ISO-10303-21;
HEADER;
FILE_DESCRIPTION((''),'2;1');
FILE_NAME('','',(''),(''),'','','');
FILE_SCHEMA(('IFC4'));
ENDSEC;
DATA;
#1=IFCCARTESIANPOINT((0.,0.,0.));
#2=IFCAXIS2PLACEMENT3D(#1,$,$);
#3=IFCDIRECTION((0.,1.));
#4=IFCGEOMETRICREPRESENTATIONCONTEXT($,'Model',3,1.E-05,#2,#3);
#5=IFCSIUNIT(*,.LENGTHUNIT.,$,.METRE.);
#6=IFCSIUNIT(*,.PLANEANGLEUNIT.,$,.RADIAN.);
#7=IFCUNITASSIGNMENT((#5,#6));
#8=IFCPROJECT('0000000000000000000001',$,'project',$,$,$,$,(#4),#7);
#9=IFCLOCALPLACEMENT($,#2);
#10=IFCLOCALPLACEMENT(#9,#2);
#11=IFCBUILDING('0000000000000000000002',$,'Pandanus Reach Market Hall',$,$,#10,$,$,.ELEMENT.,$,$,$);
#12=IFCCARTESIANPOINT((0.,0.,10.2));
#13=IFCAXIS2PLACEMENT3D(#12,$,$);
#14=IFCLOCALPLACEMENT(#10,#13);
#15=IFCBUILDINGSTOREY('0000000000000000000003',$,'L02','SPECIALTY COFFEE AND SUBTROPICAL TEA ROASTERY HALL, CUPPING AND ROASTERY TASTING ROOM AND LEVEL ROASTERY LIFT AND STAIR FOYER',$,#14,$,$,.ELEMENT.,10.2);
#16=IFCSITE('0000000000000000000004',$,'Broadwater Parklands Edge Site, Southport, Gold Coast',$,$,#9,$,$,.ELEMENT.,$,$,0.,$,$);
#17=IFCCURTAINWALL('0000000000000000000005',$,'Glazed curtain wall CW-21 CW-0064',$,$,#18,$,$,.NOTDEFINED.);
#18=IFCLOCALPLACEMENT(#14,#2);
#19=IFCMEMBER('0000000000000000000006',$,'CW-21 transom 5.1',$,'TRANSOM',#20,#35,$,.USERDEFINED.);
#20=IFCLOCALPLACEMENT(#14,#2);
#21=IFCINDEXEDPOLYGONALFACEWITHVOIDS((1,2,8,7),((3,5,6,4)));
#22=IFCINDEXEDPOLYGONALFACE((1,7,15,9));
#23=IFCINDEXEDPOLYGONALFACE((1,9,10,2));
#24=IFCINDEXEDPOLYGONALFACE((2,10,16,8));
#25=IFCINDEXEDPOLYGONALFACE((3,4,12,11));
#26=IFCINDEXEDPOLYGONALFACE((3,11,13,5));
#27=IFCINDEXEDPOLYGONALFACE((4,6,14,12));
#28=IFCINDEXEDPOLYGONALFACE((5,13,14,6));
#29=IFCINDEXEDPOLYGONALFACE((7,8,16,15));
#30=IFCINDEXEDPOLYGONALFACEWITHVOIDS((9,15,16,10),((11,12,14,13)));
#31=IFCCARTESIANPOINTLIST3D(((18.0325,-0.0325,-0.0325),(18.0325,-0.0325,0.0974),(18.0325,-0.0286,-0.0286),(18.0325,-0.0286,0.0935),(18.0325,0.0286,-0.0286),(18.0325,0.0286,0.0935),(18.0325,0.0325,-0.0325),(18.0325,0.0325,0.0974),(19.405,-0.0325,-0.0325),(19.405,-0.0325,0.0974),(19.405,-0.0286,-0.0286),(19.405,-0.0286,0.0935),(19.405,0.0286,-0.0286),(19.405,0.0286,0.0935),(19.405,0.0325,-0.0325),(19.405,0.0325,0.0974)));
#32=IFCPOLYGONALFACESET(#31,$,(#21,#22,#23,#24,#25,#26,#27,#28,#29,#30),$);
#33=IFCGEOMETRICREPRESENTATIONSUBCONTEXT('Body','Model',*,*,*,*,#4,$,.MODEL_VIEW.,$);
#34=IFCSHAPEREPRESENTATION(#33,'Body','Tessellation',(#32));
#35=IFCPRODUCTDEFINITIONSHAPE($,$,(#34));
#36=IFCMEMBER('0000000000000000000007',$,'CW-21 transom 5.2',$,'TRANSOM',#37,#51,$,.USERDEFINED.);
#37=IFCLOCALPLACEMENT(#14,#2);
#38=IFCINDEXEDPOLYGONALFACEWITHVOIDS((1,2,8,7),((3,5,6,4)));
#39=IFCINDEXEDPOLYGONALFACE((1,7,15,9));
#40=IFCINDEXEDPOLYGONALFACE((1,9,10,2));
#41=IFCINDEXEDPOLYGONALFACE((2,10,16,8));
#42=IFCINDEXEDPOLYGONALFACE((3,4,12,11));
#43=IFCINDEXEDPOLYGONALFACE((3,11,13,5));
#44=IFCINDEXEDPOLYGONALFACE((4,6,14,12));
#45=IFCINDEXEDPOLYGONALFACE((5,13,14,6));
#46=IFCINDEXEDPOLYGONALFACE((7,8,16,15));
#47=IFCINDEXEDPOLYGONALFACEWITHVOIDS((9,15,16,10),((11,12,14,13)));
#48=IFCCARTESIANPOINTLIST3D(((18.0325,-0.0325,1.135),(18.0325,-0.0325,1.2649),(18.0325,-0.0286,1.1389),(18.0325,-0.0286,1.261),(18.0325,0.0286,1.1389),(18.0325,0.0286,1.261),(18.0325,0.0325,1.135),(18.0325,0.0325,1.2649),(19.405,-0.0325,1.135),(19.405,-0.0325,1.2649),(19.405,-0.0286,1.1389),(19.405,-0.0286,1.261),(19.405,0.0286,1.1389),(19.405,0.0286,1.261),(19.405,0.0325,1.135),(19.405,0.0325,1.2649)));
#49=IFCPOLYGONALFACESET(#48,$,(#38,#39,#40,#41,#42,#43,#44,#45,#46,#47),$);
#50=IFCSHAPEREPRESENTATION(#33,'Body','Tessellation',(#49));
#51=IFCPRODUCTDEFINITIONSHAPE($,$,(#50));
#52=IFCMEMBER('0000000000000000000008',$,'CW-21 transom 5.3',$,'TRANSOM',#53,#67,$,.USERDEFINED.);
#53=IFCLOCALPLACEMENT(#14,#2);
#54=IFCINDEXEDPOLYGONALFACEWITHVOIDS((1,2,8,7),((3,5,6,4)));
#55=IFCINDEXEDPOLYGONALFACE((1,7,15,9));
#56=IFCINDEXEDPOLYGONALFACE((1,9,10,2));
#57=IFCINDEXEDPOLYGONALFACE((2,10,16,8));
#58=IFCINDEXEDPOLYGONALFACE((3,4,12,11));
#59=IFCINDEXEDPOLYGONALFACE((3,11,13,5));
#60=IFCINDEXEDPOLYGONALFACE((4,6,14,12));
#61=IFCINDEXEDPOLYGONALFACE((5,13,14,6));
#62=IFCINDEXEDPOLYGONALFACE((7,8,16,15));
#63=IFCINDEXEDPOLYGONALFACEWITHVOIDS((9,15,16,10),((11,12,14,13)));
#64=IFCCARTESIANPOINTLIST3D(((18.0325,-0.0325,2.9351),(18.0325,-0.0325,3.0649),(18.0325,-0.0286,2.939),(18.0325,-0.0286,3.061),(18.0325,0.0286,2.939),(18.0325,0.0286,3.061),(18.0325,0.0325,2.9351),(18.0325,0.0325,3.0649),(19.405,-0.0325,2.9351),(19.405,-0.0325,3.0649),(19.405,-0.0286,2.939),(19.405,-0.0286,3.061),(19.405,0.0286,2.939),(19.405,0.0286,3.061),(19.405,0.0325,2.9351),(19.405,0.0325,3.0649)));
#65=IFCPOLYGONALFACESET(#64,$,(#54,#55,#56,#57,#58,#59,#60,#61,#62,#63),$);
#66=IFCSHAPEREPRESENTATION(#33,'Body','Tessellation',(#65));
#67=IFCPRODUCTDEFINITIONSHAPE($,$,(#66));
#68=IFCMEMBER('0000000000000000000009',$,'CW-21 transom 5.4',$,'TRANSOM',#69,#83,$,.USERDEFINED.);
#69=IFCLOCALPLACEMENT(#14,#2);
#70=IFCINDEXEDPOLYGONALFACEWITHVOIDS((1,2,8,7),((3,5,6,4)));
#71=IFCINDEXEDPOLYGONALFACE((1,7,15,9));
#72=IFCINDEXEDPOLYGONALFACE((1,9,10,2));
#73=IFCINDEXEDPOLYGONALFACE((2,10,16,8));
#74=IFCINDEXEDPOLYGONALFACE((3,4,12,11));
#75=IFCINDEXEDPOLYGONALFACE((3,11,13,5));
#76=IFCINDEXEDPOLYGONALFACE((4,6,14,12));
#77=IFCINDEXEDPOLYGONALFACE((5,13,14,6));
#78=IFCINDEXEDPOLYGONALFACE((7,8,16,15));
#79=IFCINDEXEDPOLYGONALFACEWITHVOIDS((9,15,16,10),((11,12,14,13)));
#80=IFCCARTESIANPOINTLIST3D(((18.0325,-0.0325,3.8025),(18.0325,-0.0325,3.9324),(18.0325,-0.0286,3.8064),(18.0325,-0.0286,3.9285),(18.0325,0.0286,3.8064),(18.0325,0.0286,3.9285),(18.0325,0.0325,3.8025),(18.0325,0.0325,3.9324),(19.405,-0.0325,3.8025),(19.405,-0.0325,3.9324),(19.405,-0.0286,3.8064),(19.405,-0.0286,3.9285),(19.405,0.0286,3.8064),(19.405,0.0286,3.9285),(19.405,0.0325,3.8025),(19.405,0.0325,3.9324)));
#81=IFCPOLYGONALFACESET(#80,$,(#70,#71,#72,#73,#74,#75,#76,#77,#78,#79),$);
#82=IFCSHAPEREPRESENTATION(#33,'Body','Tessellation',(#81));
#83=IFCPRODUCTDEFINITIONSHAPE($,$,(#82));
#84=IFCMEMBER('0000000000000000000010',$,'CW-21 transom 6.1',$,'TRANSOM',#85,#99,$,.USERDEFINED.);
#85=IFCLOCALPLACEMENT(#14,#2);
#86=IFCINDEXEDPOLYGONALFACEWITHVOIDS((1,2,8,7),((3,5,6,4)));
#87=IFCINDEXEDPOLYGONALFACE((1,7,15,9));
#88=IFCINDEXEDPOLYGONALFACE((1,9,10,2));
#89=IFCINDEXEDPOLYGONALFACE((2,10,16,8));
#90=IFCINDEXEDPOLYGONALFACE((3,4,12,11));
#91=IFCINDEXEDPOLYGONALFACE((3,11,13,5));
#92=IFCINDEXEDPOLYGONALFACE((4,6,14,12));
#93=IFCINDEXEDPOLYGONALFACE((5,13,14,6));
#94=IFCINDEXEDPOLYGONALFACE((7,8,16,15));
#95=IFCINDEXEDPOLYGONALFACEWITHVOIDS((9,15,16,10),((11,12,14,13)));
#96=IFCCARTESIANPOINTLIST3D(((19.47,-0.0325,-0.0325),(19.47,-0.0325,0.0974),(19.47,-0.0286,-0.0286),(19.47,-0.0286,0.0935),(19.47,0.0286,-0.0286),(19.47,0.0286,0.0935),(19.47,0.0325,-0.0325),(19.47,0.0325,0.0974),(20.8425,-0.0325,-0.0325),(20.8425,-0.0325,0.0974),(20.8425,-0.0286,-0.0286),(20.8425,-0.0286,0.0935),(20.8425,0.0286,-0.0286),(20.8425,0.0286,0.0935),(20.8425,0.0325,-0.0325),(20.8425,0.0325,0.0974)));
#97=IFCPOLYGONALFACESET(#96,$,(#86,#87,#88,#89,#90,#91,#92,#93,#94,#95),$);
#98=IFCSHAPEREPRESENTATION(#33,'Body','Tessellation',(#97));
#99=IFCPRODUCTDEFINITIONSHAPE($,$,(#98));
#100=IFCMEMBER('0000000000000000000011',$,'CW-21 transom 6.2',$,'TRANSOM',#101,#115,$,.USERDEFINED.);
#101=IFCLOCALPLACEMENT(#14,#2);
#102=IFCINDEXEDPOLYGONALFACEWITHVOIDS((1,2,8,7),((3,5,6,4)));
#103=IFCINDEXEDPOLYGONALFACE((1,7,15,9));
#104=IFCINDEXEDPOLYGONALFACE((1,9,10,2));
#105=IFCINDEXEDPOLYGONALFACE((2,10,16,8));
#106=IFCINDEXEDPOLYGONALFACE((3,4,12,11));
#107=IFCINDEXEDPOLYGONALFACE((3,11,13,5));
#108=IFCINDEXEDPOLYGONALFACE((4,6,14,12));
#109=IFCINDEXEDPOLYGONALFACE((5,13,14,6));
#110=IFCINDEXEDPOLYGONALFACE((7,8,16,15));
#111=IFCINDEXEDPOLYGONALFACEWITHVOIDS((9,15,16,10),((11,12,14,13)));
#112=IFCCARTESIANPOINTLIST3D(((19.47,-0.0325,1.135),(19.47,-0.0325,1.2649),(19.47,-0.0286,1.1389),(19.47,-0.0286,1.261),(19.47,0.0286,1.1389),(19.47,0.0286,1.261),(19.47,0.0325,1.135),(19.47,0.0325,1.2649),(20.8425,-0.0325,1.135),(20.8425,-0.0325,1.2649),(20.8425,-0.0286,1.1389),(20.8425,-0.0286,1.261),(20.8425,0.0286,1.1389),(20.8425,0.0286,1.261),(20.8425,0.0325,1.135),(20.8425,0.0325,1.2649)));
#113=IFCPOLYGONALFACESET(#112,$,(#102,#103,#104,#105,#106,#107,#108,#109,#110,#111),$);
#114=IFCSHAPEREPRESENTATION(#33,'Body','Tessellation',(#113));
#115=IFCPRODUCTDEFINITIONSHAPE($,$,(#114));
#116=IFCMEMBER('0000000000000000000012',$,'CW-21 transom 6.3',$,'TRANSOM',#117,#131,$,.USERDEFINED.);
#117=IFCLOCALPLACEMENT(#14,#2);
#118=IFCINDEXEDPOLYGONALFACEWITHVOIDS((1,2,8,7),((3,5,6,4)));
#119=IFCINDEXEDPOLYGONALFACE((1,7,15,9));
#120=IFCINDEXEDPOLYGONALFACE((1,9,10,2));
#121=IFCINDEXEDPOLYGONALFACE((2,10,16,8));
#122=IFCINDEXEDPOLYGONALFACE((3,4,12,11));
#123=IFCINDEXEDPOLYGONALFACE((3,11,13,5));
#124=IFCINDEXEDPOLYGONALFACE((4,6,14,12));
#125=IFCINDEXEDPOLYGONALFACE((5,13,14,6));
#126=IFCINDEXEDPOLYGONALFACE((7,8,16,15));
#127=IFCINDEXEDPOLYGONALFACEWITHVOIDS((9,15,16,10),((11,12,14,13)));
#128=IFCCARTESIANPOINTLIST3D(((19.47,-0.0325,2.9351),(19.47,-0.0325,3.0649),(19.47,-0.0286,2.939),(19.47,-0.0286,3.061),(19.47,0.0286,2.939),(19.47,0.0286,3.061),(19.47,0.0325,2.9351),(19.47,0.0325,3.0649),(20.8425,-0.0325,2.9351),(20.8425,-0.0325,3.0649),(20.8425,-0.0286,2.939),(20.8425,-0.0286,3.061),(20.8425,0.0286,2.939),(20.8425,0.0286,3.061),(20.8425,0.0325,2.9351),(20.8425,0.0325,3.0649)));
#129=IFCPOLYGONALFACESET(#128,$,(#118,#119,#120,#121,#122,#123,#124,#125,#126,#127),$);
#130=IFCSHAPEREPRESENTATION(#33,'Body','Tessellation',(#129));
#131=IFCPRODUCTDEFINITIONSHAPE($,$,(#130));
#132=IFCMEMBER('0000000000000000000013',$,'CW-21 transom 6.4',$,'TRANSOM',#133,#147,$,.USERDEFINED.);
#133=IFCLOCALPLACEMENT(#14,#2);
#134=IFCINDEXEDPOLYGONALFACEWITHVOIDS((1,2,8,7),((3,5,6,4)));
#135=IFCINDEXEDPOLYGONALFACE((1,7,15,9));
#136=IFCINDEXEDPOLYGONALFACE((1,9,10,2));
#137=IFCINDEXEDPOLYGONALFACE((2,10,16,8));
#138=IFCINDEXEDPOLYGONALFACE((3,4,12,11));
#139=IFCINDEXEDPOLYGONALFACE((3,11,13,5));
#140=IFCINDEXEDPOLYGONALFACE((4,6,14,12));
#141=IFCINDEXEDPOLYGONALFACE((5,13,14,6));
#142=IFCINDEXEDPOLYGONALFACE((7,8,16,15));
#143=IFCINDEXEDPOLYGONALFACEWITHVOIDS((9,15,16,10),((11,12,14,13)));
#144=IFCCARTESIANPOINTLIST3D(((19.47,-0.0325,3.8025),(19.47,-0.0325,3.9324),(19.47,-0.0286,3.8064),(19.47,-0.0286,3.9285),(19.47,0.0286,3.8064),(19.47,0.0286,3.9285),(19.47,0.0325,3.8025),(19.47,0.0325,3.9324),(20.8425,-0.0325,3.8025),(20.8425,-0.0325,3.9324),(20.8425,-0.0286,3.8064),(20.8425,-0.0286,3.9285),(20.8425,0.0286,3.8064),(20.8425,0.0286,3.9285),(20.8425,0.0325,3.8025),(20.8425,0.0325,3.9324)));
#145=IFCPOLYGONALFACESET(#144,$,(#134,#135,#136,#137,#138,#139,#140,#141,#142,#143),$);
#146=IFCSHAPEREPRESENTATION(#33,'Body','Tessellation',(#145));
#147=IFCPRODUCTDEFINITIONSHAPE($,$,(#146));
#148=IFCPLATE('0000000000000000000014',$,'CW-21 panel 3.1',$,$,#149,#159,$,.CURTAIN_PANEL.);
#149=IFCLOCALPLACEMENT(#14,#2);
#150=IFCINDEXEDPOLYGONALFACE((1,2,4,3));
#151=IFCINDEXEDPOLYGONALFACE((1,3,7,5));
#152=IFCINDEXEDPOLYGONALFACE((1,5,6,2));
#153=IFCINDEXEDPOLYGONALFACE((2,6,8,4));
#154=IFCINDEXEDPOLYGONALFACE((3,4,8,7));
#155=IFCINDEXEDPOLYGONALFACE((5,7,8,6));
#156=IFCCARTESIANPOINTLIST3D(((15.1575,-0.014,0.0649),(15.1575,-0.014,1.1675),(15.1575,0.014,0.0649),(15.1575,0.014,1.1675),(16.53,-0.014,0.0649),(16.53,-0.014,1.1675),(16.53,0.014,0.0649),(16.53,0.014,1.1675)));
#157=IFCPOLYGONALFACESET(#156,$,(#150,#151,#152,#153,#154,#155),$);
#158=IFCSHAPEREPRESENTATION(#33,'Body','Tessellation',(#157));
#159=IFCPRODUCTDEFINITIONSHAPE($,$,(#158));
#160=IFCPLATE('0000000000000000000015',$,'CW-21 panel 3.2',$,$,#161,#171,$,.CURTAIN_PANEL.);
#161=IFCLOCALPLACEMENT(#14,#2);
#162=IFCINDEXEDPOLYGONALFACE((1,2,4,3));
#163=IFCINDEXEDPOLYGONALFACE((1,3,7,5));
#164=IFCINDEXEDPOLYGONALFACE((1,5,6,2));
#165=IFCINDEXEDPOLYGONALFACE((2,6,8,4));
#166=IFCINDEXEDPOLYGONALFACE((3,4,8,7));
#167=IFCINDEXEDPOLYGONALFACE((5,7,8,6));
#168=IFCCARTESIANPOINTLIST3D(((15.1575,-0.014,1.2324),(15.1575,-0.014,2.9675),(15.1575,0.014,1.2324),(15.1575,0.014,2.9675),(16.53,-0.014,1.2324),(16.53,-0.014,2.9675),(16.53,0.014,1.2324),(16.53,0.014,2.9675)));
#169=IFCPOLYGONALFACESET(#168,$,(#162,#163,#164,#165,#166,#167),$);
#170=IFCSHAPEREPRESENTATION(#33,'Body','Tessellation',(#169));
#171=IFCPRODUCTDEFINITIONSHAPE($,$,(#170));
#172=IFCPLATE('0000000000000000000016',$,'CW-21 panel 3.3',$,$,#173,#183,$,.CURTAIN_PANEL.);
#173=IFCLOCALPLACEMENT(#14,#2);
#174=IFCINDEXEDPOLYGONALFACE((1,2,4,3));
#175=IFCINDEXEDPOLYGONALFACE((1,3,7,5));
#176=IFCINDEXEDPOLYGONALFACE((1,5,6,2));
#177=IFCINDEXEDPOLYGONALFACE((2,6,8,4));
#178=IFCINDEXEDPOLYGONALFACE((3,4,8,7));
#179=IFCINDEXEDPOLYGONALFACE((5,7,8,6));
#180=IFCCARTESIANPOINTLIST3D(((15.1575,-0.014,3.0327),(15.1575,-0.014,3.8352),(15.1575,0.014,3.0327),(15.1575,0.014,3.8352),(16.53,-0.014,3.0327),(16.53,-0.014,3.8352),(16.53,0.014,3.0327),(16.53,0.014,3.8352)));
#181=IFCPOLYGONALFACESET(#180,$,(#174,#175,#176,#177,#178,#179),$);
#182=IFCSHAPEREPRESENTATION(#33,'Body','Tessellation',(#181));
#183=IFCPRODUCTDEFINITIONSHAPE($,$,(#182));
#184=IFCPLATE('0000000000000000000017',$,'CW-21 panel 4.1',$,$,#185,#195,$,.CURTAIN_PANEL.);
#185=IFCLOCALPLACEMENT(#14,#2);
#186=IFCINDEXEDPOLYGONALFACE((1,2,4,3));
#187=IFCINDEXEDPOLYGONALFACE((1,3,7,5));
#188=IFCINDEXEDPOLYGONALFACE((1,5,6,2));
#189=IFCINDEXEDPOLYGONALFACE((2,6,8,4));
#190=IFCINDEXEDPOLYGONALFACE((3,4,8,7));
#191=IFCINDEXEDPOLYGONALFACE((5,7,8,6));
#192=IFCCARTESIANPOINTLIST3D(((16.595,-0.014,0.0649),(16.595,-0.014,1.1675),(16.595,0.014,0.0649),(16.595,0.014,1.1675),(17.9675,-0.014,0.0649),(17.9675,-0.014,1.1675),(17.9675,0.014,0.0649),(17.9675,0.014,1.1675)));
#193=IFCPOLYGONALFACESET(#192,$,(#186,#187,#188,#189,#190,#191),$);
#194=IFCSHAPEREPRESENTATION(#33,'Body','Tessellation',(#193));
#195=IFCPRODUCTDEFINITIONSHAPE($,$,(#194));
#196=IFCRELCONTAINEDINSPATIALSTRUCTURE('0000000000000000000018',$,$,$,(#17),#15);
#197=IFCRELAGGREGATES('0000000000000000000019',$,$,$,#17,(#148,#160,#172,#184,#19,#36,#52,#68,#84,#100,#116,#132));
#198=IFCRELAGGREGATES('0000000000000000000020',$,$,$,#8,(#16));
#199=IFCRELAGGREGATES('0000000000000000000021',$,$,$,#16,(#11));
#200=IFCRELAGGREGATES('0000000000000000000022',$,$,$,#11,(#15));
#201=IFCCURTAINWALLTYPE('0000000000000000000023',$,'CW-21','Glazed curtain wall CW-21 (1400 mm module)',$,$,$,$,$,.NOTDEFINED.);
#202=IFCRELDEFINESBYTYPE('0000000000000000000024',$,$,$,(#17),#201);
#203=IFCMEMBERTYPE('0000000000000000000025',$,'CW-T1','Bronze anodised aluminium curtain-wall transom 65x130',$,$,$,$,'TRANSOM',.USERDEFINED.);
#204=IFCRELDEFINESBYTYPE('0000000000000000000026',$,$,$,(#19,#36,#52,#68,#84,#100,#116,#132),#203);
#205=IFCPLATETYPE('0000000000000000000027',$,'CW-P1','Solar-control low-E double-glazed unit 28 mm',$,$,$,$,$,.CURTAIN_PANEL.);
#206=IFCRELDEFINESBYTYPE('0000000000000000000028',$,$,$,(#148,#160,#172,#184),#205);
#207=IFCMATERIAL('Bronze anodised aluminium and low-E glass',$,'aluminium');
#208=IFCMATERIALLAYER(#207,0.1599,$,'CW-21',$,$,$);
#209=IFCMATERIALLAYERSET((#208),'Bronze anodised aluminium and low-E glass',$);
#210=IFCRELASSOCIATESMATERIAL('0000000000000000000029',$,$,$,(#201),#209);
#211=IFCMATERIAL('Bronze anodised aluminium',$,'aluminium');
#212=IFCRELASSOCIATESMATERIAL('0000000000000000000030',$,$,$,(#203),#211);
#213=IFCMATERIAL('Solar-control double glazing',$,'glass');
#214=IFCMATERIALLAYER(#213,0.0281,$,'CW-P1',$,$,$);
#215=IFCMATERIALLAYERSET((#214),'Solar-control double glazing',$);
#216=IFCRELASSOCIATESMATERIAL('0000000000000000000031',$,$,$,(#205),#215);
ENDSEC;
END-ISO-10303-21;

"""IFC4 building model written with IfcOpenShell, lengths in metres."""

from ifc_helpers import new_model, si_unit, direction, frame, origin, origin_2d, place, context, subcontext, project, spatial, rectangle, hollow_rectangle, extrude, material, layer, layer_set, material_profile, profile_set, type_object, element, aggregate, save


model = new_model("IFC4")

# Units and contexts
model_context = context("Model", 3, precision=1e-05, world=origin(), true_north=direction((0.0, 1.0)))
body_context = subcontext(model_context, "Body", "Model", "MODEL_VIEW")
ifc_project = project(units=[si_unit("LENGTHUNIT", "METRE"), si_unit("PLANEANGLEUNIT", "RADIAN")], contexts=[model_context])

# Site, building, storey
site_placement = place(None, origin())
site = spatial("IfcSite", under=ifc_project, at=site_placement, Name="Broadwater Parklands Edge Site, Southport, Gold Coast", CompositionType="ELEMENT", RefElevation=0.0)
building_placement = place(site_placement, origin())
building = spatial("IfcBuilding", under=site, at=building_placement, Name="Pandanus Reach Market Hall", CompositionType="ELEMENT")
storey_placement = place(building_placement, frame((0.0, 0.0, 10.2)))
storey = spatial("IfcBuildingStorey", under=building, at=storey_placement, Name="L02", Description="SPECIALTY COFFEE AND SUBTROPICAL TEA ROASTERY HALL, CUPPING AND ROASTERY TASTING ROOM AND LEVEL ROASTERY LIFT AND STAIR FOYER", CompositionType="ELEMENT", Elevation=10.2)

# Curtain wall, members, plates
ifc_material_1 = material(Name="Bronze anodised aluminium and low-E glass", Category="aluminium")
ifc_layer_1 = layer(ifc_material_1, 0.1599, Name="CW-21")
ifc_layer_set_1 = layer_set([ifc_layer_1], Name="Bronze anodised aluminium and low-E glass")
curtain_wall_type = type_object("IfcCurtainWallType", Name="CW-21", Description="Glazed curtain wall CW-21 (1400 mm module)", PredefinedType="NOTDEFINED", material=ifc_layer_set_1)
curtain_wall_placement = place(storey_placement, origin())
curtain_wall = element("IfcCurtainWall", 1, at=curtain_wall_placement, inside=storey, type_object=curtain_wall_type, Name="Glazed curtain wall CW-21 CW-0064", PredefinedType="NOTDEFINED")
ifc_material_2 = material(Name="Bronze anodised aluminium", Category="aluminium")
ifc_material_profile_1 = material_profile(ifc_material_2, hollow_rectangle(XDim=0.0649, YDim=0.1299, WallThickness=0.0039, at=origin_2d()), Name="ALU65x130", Category="LoadBearing")
ifc_profile_set_1 = profile_set([ifc_material_profile_1], Name="Bronze anodised aluminium")
member_type_1 = type_object("IfcMemberType", Name="CW-T1", Description="Bronze anodised aluminium curtain-wall transom 65x130", ElementType="TRANSOM", PredefinedType="USERDEFINED", material=ifc_profile_set_1)
member_1_placement = place(storey_placement, frame((18.0325, 0.0, 0.0325), z_axis=(1.0, 0.0, 0.0), x_axis=(0.0, 1.0, 0.0)))
member_1 = element("IfcMember", 2, at=member_1_placement, type_object=member_type_1, Name="CW-21 transom 5.1", ObjectType="TRANSOM", PredefinedType="USERDEFINED", context=body_context, shape_type="SweptSolid", body=[
    extrude(hollow_rectangle(XDim=0.0649, YDim=0.1299, WallThickness=0.0039, at=origin_2d()), origin(), (0.0, 0.0, 1.0), 1.3726),
])
member_2_placement = place(storey_placement, frame((18.0325, 0.0, 1.2), z_axis=(1.0, 0.0, 0.0), x_axis=(0.0, 1.0, 0.0)))
member_2 = element("IfcMember", 3, at=member_2_placement, type_object=member_type_1, Name="CW-21 transom 5.2", ObjectType="TRANSOM", PredefinedType="USERDEFINED", context=body_context, shape_type="SweptSolid", body=[
    extrude(hollow_rectangle(XDim=0.0649, YDim=0.1299, WallThickness=0.0039, at=origin_2d()), origin(), (0.0, 0.0, 1.0), 1.3726),
])
member_3_placement = place(storey_placement, frame((18.0325, 0.0, 3.0), z_axis=(1.0, 0.0, 0.0), x_axis=(0.0, 1.0, 0.0)))
member_3 = element("IfcMember", 4, at=member_3_placement, type_object=member_type_1, Name="CW-21 transom 5.3", ObjectType="TRANSOM", PredefinedType="USERDEFINED", context=body_context, shape_type="SweptSolid", body=[
    extrude(hollow_rectangle(XDim=0.0649, YDim=0.1299, WallThickness=0.0039, at=origin_2d()), origin(), (0.0, 0.0, 1.0), 1.3726),
])
member_4_placement = place(storey_placement, frame((18.0325, 0.0, 3.8674), z_axis=(1.0, 0.0, 0.0), x_axis=(0.0, 1.0, 0.0)))
member_4 = element("IfcMember", 5, at=member_4_placement, type_object=member_type_1, Name="CW-21 transom 5.4", ObjectType="TRANSOM", PredefinedType="USERDEFINED", context=body_context, shape_type="SweptSolid", body=[
    extrude(hollow_rectangle(XDim=0.0649, YDim=0.1299, WallThickness=0.0039, at=origin_2d()), origin(), (0.0, 0.0, 1.0), 1.3726),
])
member_5_placement = place(storey_placement, frame((19.47, 0.0, 0.0325), z_axis=(1.0, 0.0, 0.0), x_axis=(0.0, 1.0, 0.0)))
member_5 = element("IfcMember", 6, at=member_5_placement, type_object=member_type_1, Name="CW-21 transom 6.1", ObjectType="TRANSOM", PredefinedType="USERDEFINED", context=body_context, shape_type="SweptSolid", body=[
    extrude(hollow_rectangle(XDim=0.0649, YDim=0.1299, WallThickness=0.0039, at=origin_2d()), origin(), (0.0, 0.0, 1.0), 1.3726),
])
member_6_placement = place(storey_placement, frame((19.47, 0.0, 1.2), z_axis=(1.0, 0.0, 0.0), x_axis=(0.0, 1.0, 0.0)))
member_6 = element("IfcMember", 7, at=member_6_placement, type_object=member_type_1, Name="CW-21 transom 6.2", ObjectType="TRANSOM", PredefinedType="USERDEFINED", context=body_context, shape_type="SweptSolid", body=[
    extrude(hollow_rectangle(XDim=0.0649, YDim=0.1299, WallThickness=0.0039, at=origin_2d()), origin(), (0.0, 0.0, 1.0), 1.3726),
])
member_7_placement = place(storey_placement, frame((19.47, 0.0, 3.0), z_axis=(1.0, 0.0, 0.0), x_axis=(0.0, 1.0, 0.0)))
member_7 = element("IfcMember", 8, at=member_7_placement, type_object=member_type_1, Name="CW-21 transom 6.3", ObjectType="TRANSOM", PredefinedType="USERDEFINED", context=body_context, shape_type="SweptSolid", body=[
    extrude(hollow_rectangle(XDim=0.0649, YDim=0.1299, WallThickness=0.0039, at=origin_2d()), origin(), (0.0, 0.0, 1.0), 1.3726),
])
member_8_placement = place(storey_placement, frame((19.47, 0.0, 3.8674), z_axis=(1.0, 0.0, 0.0), x_axis=(0.0, 1.0, 0.0)))
member_8 = element("IfcMember", 9, at=member_8_placement, type_object=member_type_1, Name="CW-21 transom 6.4", ObjectType="TRANSOM", PredefinedType="USERDEFINED", context=body_context, shape_type="SweptSolid", body=[
    extrude(hollow_rectangle(XDim=0.0649, YDim=0.1299, WallThickness=0.0039, at=origin_2d()), origin(), (0.0, 0.0, 1.0), 1.3726),
])
ifc_material_3 = material(Name="Solar-control double glazing", Category="glass")
ifc_layer_2 = layer(ifc_material_3, 0.0281, Name="CW-P1")
ifc_layer_set_2 = layer_set([ifc_layer_2], Name="Solar-control double glazing")
plate_type = type_object("IfcPlateType", Name="CW-P1", Description="Solar-control low-E double-glazed unit 28 mm", PredefinedType="CURTAIN_PANEL", material=ifc_layer_set_2)
plate_1_placement = place(storey_placement, frame((15.8438, 0.0, 0.0649), z_axis=(0.0, 0.0, 1.0), x_axis=(1.0, 0.0, 0.0)))
plate_1 = element("IfcPlate", 10, at=plate_1_placement, type_object=plate_type, Name="CW-21 panel 3.1", PredefinedType="CURTAIN_PANEL", context=body_context, shape_type="SweptSolid", body=[
    extrude(rectangle(XDim=1.3726, YDim=0.0281, at=origin_2d()), origin(), (0.0, 0.0, 1.0), 1.1025),
])
plate_2_placement = place(storey_placement, frame((15.8438, 0.0, 1.2324), z_axis=(0.0, 0.0, 1.0), x_axis=(1.0, 0.0, 0.0)))
plate_2 = element("IfcPlate", 11, at=plate_2_placement, type_object=plate_type, Name="CW-21 panel 3.2", PredefinedType="CURTAIN_PANEL", context=body_context, shape_type="SweptSolid", body=[
    extrude(rectangle(XDim=1.3726, YDim=0.0281, at=origin_2d()), origin(), (0.0, 0.0, 1.0), 1.7351),
])
plate_3_placement = place(storey_placement, frame((15.8438, 0.0, 3.0327), z_axis=(0.0, 0.0, 1.0), x_axis=(1.0, 0.0, 0.0)))
plate_3 = element("IfcPlate", 12, at=plate_3_placement, type_object=plate_type, Name="CW-21 panel 3.3", PredefinedType="CURTAIN_PANEL", context=body_context, shape_type="SweptSolid", body=[
    extrude(rectangle(XDim=1.3726, YDim=0.0281, at=origin_2d()), origin(), (0.0, 0.0, 1.0), 0.8025),
])
plate_4_placement = place(storey_placement, frame((17.2812, 0.0, 0.0649), z_axis=(0.0, 0.0, 1.0), x_axis=(1.0, 0.0, 0.0)))
plate_4 = element("IfcPlate", 13, at=plate_4_placement, type_object=plate_type, Name="CW-21 panel 4.1", PredefinedType="CURTAIN_PANEL", context=body_context, shape_type="SweptSolid", body=[
    extrude(rectangle(XDim=1.3726, YDim=0.0281, at=origin_2d()), origin(), (0.0, 0.0, 1.0), 1.1025),
])
aggregate(curtain_wall, [plate_1, plate_2, plate_3, plate_4, member_1, member_2, member_3, member_4, member_5, member_6, member_7, member_8])

save(model, "model.ifc")
